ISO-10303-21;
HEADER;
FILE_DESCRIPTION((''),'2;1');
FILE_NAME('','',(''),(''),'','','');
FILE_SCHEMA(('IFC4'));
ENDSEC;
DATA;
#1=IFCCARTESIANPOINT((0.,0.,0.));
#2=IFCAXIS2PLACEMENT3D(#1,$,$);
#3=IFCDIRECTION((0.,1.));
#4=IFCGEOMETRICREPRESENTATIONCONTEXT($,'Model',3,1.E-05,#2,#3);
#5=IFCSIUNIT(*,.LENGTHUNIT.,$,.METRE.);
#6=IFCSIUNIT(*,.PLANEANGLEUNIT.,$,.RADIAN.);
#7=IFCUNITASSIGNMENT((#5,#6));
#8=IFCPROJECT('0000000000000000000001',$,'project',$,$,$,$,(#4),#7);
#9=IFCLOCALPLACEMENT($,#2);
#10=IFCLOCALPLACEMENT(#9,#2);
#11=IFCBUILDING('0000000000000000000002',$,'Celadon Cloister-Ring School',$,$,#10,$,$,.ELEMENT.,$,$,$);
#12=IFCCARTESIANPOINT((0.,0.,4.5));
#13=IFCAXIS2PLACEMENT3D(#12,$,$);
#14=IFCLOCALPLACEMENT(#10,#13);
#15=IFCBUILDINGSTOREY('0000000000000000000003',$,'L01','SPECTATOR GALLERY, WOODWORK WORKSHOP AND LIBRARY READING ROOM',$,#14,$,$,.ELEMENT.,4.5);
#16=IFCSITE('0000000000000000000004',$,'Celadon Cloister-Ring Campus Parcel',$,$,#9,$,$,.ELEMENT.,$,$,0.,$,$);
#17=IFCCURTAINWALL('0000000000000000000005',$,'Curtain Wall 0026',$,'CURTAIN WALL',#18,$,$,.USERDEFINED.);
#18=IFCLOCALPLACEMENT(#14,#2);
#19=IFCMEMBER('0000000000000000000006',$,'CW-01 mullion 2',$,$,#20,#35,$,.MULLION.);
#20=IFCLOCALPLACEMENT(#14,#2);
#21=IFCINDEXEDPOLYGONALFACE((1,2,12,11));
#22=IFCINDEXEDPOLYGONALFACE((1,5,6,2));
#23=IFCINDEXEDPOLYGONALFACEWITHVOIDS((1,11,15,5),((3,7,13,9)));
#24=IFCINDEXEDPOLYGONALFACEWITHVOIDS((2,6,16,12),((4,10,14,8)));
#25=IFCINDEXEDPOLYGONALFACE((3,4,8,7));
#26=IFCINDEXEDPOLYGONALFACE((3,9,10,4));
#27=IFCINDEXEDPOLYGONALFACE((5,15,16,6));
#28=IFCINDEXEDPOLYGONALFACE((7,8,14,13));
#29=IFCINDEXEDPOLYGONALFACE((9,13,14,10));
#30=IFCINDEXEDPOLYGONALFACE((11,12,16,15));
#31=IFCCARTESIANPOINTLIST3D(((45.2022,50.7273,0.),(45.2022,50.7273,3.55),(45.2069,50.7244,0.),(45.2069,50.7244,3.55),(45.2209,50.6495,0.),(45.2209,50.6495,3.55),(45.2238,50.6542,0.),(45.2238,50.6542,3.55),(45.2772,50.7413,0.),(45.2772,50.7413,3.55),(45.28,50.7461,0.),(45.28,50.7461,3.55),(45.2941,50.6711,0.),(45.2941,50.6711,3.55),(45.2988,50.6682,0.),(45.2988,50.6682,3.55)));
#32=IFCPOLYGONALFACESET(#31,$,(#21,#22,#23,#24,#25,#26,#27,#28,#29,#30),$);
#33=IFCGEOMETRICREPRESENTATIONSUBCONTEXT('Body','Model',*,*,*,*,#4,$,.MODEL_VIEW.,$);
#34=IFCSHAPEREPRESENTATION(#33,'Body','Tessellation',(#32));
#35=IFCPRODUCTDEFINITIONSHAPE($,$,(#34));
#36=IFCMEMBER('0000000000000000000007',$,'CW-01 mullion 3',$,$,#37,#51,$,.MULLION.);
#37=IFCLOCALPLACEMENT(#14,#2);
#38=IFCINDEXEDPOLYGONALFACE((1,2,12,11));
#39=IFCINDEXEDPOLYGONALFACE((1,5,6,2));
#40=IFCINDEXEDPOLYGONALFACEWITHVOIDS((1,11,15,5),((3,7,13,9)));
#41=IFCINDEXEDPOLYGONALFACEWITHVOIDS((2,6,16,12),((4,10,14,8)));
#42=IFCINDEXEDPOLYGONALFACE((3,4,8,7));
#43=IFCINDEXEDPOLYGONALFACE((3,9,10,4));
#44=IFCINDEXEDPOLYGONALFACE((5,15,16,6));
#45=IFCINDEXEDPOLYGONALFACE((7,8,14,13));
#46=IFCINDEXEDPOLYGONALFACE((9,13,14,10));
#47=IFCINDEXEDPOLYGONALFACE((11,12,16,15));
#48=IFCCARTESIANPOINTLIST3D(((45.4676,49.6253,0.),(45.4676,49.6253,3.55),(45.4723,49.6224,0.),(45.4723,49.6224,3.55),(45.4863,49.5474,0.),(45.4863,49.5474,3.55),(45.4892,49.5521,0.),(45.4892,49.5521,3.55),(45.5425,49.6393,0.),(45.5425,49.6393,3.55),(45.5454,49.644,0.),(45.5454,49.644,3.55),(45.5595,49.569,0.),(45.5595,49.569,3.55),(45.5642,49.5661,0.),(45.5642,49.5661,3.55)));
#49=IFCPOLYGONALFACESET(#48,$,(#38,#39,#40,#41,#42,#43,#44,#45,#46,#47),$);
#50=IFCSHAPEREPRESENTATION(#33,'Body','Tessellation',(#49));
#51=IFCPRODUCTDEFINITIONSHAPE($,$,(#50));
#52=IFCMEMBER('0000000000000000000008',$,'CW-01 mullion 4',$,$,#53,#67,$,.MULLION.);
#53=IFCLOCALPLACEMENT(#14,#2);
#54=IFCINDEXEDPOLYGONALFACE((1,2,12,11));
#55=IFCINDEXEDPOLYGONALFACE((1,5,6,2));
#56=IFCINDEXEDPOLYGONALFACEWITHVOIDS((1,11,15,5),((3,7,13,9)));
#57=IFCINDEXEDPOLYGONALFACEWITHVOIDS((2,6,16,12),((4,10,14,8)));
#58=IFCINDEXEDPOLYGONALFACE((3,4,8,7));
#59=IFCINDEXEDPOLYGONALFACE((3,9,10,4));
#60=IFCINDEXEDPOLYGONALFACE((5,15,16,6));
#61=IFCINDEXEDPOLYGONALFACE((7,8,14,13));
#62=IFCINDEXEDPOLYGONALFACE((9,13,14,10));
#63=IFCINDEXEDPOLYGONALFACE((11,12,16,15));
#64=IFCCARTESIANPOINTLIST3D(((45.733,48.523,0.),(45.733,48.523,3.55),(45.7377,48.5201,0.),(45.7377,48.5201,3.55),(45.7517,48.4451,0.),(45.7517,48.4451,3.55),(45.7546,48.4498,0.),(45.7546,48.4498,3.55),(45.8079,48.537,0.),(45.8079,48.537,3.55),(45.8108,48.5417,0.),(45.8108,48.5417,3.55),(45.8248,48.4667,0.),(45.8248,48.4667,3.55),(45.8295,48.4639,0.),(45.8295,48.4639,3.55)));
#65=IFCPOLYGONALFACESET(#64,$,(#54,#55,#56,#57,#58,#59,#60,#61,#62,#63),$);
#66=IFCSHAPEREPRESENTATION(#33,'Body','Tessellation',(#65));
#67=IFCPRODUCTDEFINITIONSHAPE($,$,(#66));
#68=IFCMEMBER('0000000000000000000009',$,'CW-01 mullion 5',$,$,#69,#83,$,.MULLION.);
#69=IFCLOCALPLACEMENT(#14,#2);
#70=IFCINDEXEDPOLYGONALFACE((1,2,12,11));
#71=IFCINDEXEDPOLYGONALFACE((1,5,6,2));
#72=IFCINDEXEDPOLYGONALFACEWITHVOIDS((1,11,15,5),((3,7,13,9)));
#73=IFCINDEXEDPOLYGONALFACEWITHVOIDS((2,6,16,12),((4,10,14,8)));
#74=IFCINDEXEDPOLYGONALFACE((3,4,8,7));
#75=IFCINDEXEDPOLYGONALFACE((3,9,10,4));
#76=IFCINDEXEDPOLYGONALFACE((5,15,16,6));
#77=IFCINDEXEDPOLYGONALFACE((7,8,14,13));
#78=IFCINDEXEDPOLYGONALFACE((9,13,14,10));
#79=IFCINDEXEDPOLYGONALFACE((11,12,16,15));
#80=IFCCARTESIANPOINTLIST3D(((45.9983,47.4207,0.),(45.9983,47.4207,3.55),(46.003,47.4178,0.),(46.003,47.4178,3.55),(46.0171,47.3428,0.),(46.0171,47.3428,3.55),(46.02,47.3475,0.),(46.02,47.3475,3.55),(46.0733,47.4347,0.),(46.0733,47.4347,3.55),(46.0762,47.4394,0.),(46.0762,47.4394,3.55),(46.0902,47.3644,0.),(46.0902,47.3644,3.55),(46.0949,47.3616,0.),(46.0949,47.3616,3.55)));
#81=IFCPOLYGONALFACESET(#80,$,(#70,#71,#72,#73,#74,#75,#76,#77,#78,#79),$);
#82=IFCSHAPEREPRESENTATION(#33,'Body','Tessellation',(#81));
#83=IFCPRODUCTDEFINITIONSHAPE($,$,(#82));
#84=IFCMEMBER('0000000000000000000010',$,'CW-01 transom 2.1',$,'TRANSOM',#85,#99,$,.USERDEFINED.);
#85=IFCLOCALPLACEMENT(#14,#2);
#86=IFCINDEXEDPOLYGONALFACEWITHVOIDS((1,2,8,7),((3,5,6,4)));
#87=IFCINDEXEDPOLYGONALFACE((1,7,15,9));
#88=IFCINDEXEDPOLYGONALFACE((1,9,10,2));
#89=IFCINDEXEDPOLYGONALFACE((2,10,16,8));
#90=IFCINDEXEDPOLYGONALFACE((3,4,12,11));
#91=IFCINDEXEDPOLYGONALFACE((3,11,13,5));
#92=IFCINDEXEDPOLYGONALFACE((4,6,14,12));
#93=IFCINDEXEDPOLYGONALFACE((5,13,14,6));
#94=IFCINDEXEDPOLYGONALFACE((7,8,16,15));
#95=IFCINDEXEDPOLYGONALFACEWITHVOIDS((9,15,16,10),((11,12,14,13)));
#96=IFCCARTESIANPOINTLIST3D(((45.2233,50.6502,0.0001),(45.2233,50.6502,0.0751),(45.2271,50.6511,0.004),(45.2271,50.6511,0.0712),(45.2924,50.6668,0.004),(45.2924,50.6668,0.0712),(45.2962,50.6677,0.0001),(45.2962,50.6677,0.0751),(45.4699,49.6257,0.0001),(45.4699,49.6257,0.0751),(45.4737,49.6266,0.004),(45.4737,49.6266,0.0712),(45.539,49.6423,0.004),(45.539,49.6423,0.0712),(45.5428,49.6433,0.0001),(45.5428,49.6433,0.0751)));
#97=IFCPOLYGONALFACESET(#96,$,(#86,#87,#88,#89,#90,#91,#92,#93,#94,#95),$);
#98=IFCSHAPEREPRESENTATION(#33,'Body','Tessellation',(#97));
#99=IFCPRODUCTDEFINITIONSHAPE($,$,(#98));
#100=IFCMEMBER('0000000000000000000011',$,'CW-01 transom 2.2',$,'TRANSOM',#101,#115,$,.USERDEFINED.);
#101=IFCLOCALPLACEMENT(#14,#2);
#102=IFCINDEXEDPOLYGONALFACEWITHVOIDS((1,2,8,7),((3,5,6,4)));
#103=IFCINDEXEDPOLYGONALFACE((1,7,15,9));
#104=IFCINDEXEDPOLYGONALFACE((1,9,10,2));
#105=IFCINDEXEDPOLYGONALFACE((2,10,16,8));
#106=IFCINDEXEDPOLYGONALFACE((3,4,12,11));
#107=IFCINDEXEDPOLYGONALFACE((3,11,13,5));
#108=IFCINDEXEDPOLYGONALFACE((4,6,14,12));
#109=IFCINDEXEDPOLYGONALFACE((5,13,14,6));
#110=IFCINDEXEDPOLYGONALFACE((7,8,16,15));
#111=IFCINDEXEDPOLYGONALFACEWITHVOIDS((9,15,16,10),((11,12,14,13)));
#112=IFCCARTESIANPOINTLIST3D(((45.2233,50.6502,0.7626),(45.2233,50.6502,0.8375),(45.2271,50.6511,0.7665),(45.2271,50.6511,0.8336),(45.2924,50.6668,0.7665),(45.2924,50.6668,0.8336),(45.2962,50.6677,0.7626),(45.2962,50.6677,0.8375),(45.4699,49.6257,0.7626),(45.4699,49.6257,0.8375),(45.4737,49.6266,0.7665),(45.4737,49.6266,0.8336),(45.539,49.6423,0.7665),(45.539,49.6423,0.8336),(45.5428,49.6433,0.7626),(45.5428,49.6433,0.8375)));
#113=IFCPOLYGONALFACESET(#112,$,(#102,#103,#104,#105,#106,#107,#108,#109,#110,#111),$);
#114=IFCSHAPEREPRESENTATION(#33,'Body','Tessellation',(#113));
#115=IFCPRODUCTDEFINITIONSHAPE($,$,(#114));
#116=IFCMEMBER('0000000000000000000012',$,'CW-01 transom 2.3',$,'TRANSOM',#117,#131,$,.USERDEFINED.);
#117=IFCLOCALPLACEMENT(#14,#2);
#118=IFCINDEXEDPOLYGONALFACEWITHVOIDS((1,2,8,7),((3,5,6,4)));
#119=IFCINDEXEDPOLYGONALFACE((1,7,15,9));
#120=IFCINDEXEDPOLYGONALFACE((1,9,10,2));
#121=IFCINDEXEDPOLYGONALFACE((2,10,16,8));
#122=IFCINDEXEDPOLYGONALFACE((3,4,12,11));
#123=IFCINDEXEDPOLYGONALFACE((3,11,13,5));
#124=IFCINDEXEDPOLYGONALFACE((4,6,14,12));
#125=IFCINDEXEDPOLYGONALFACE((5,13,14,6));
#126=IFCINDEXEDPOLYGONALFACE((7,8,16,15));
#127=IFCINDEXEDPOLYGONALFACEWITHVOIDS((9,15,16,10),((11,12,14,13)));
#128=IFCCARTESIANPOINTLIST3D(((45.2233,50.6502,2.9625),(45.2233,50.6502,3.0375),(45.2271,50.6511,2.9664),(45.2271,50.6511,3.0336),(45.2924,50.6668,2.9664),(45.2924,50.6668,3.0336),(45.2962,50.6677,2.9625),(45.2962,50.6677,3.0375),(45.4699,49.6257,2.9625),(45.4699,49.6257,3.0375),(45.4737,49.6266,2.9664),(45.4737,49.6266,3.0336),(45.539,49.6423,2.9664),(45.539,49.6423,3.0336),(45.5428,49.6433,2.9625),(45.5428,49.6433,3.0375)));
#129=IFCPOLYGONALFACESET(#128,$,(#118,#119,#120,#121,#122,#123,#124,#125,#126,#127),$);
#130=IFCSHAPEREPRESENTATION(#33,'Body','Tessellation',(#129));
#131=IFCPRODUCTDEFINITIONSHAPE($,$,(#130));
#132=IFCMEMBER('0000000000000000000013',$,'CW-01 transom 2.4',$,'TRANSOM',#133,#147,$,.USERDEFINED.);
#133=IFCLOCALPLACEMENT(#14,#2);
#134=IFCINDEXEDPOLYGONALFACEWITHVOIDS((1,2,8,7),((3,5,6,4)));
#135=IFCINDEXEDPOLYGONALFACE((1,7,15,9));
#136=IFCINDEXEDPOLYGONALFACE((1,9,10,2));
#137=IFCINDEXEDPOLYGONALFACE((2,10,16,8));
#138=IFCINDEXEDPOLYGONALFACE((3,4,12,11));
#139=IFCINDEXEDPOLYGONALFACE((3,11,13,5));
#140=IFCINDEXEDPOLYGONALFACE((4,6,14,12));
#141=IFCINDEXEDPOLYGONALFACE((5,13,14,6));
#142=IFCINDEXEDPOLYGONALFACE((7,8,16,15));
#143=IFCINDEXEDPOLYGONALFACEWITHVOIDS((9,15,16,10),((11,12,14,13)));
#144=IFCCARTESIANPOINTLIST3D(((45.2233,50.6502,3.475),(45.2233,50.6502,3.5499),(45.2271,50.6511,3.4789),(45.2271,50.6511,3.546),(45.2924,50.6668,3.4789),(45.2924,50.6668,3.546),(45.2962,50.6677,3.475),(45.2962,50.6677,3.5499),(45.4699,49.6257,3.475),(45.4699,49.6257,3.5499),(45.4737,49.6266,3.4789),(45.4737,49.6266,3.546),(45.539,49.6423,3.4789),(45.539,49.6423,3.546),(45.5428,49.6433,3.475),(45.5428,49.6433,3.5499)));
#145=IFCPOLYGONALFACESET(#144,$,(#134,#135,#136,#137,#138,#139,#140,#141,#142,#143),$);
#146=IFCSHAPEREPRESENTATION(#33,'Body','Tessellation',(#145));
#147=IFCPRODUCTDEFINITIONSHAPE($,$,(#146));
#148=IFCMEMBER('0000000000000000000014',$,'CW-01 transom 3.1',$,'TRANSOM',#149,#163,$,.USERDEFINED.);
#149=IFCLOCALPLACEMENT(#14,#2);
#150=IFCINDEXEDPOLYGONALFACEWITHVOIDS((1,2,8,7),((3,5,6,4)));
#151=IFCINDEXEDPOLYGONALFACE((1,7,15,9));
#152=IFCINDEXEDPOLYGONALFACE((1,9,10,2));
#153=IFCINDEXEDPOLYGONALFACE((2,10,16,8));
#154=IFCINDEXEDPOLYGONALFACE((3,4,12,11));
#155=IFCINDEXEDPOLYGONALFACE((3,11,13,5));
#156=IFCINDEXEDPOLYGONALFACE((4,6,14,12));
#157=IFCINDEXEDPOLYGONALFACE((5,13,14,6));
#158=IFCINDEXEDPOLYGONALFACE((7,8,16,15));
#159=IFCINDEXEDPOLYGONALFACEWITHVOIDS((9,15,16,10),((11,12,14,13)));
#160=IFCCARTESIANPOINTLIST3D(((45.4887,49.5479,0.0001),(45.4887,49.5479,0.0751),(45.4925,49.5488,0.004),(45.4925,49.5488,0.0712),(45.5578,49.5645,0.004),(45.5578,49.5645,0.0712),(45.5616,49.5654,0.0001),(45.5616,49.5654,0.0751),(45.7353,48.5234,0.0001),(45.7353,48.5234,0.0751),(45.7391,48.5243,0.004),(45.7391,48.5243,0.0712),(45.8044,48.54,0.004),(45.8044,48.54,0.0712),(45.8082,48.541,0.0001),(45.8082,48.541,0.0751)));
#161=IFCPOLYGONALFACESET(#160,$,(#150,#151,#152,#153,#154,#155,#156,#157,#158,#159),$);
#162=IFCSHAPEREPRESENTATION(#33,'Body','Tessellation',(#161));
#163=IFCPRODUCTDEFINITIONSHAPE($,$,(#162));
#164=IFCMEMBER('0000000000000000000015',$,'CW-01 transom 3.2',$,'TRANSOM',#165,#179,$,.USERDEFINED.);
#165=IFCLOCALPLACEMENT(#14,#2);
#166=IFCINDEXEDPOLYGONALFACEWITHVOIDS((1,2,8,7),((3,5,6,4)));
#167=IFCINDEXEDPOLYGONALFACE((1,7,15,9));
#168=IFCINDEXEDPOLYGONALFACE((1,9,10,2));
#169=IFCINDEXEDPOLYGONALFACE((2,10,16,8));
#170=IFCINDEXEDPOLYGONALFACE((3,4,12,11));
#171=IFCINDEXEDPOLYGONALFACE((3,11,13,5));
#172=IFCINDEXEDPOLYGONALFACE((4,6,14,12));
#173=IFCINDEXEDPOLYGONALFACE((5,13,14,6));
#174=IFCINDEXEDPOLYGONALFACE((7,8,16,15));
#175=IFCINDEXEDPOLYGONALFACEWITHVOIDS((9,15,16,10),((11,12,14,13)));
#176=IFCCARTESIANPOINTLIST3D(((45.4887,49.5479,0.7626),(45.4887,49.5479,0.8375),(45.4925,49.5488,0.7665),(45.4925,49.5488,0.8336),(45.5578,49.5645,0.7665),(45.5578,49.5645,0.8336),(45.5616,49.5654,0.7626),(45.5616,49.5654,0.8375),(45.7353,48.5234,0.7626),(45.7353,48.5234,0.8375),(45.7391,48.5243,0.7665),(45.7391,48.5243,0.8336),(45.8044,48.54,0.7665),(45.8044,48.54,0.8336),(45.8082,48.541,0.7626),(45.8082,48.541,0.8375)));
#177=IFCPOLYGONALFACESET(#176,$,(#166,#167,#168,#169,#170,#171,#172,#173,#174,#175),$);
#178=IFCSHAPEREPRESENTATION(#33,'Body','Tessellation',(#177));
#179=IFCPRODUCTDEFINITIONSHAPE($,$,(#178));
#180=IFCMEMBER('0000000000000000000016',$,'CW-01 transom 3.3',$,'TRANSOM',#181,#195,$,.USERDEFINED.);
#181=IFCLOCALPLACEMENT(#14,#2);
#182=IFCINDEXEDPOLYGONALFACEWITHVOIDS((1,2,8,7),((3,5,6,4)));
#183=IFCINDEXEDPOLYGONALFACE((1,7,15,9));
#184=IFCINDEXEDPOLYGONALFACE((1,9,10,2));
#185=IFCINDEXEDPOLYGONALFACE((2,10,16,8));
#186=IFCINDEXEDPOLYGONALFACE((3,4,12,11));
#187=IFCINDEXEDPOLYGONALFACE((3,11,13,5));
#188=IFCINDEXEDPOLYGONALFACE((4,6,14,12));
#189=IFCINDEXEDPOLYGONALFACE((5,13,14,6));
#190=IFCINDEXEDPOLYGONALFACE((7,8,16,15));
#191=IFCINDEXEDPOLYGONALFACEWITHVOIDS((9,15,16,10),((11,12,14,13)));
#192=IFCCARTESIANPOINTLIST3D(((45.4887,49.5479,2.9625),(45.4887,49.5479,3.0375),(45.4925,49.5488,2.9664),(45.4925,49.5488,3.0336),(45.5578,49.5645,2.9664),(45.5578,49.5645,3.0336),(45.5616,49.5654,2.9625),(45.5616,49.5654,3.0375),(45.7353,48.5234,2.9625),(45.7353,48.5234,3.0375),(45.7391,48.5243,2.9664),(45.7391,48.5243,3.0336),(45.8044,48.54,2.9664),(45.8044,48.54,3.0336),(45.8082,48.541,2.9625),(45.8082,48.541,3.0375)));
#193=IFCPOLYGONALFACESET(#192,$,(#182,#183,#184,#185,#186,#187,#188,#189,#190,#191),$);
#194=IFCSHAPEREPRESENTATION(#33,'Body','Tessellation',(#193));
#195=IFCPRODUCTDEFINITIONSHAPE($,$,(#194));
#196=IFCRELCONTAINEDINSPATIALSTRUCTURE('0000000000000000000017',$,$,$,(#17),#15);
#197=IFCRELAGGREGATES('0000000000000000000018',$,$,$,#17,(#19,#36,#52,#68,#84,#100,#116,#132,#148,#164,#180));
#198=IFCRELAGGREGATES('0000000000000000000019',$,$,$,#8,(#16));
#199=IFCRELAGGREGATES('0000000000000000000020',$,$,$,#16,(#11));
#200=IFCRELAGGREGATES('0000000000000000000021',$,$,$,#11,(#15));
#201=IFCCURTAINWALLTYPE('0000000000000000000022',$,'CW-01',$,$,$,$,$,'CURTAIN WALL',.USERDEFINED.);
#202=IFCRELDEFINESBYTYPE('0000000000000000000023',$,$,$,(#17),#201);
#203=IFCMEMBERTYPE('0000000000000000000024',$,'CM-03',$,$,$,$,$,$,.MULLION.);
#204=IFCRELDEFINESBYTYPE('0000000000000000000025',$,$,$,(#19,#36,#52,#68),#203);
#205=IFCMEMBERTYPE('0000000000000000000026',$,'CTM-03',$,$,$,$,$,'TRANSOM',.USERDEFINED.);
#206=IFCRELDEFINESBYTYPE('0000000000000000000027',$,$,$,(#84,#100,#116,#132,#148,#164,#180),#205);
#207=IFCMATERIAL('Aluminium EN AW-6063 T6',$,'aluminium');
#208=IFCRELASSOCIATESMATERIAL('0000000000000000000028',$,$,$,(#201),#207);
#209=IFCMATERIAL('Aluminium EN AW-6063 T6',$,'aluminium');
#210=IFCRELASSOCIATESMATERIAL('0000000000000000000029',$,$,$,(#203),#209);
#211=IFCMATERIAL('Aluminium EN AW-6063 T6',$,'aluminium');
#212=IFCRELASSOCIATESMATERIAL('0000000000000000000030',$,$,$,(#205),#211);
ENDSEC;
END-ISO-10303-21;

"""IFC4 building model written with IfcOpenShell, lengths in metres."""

from ifc_helpers import new_model, si_unit, direction, frame, origin, origin_2d, place, context, subcontext, project, spatial, hollow_rectangle, extrude, material, material_profile, profile_set, type_object, element, aggregate, save


model = new_model("IFC4")

# Units and contexts
model_context = context("Model", 3, precision=1e-05, world=origin(), true_north=direction((0.0, 1.0)))
body_context = subcontext(model_context, "Body", "Model", "MODEL_VIEW")
ifc_project = project(units=[si_unit("LENGTHUNIT", "METRE"), si_unit("PLANEANGLEUNIT", "RADIAN")], contexts=[model_context])

# Site, building, storey
site_placement = place(None, origin())
site = spatial("IfcSite", under=ifc_project, at=site_placement, Name="Celadon Cloister-Ring Campus Parcel", CompositionType="ELEMENT", RefElevation=0.0)
building_placement = place(site_placement, origin())
building = spatial("IfcBuilding", under=site, at=building_placement, Name="Celadon Cloister-Ring School", CompositionType="ELEMENT")
storey_placement = place(building_placement, frame((0.0, 0.0, 4.5)))
storey = spatial("IfcBuildingStorey", under=building, at=storey_placement, Name="L01", Description="SPECTATOR GALLERY, WOODWORK WORKSHOP AND LIBRARY READING ROOM", CompositionType="ELEMENT", Elevation=4.5)

# Curtain wall, members
ifc_material_1 = material(Name="Aluminium EN AW-6063 T6", Category="aluminium")
curtain_wall_type = type_object("IfcCurtainWallType", Name="CW-01", ElementType="CURTAIN WALL", PredefinedType="USERDEFINED", material=ifc_material_1)
curtain_wall_placement = place(storey_placement, origin())
curtain_wall = element("IfcCurtainWall", 1, at=curtain_wall_placement, inside=storey, type_object=curtain_wall_type, Name="Curtain Wall 0026", ObjectType="CURTAIN WALL", PredefinedType="USERDEFINED")
ifc_material_2 = material(Name="Aluminium EN AW-6063 T6", Category="aluminium")
ifc_material_profile_1 = material_profile(ifc_material_2, hollow_rectangle(XDim=0.0801, YDim=0.0801, WallThickness=0.0039, at=origin_2d()), Name="RHS80X80X4")
ifc_profile_set_1 = profile_set([ifc_material_profile_1], Name="Aluminium EN AW-6063 T6")
member_type_1 = type_object("IfcMemberType", Name="CM-03", PredefinedType="MULLION", material=ifc_profile_set_1)
member_1_placement = place(storey_placement, frame((45.2505, 50.6978, 0.0), z_axis=(0.0, 0.0, 1.0), x_axis=(0.972212, 0.2341, 0.0)))
member_1 = element("IfcMember", 2, at=member_1_placement, type_object=member_type_1, Name="CW-01 mullion 2", PredefinedType="MULLION", context=body_context, shape_type="SweptSolid", body=[
    extrude(hollow_rectangle(XDim=0.0801, YDim=0.0801, WallThickness=0.0039, at=origin_2d()), origin(), (0.0, 0.0, 1.0), 3.55),
])
member_2_placement = place(storey_placement, frame((45.5159, 49.5957, 0.0), z_axis=(0.0, 0.0, 1.0), x_axis=(0.972212, 0.2341, 0.0)))
member_2 = element("IfcMember", 3, at=member_2_placement, type_object=member_type_1, Name="CW-01 mullion 3", PredefinedType="MULLION", context=body_context, shape_type="SweptSolid", body=[
    extrude(hollow_rectangle(XDim=0.0801, YDim=0.0801, WallThickness=0.0039, at=origin_2d()), origin(), (0.0, 0.0, 1.0), 3.55),
])
member_3_placement = place(storey_placement, frame((45.7812, 48.4934, 0.0), z_axis=(0.0, 0.0, 1.0), x_axis=(0.972212, 0.2341, 0.0)))
member_3 = element("IfcMember", 4, at=member_3_placement, type_object=member_type_1, Name="CW-01 mullion 4", PredefinedType="MULLION", context=body_context, shape_type="SweptSolid", body=[
    extrude(hollow_rectangle(XDim=0.0801, YDim=0.0801, WallThickness=0.0039, at=origin_2d()), origin(), (0.0, 0.0, 1.0), 3.55),
])
member_4_placement = place(storey_placement, frame((46.0466, 47.3911, 0.0), z_axis=(0.0, 0.0, 1.0), x_axis=(0.972212, 0.2341, 0.0)))
member_4 = element("IfcMember", 5, at=member_4_placement, type_object=member_type_1, Name="CW-01 mullion 5", PredefinedType="MULLION", context=body_context, shape_type="SweptSolid", body=[
    extrude(hollow_rectangle(XDim=0.0801, YDim=0.0801, WallThickness=0.0039, at=origin_2d()), origin(), (0.0, 0.0, 1.0), 3.55),
])
ifc_material_3 = material(Name="Aluminium EN AW-6063 T6", Category="aluminium")
ifc_material_profile_2 = material_profile(ifc_material_3, hollow_rectangle(XDim=0.075, YDim=0.075, WallThickness=0.0039, at=origin_2d()), Name="RHS75X75X4")
ifc_profile_set_2 = profile_set([ifc_material_profile_2], Name="Aluminium EN AW-6063 T6")
member_type_2 = type_object("IfcMemberType", Name="CTM-03", ElementType="TRANSOM", PredefinedType="USERDEFINED", material=ifc_profile_set_2)
member_5_placement = place(storey_placement, frame((45.2598, 50.6589, 0.0376), z_axis=(0.234021, -0.972231, 0.0), x_axis=(0.972231, 0.234021, 0.0)))
member_5 = element("IfcMember", 6, at=member_5_placement, type_object=member_type_2, Name="CW-01 transom 2.1", ObjectType="TRANSOM", PredefinedType="USERDEFINED", context=body_context, shape_type="SweptSolid", body=[
    extrude(hollow_rectangle(XDim=0.075, YDim=0.075, WallThickness=0.0039, at=origin_2d()), origin(), (0.0, 0.0, 1.0), 1.0537),
])
member_6_placement = place(storey_placement, frame((45.2598, 50.6589, 0.8), z_axis=(0.234021, -0.972231, 0.0), x_axis=(0.972231, 0.234021, 0.0)))
member_6 = element("IfcMember", 7, at=member_6_placement, type_object=member_type_2, Name="CW-01 transom 2.2", ObjectType="TRANSOM", PredefinedType="USERDEFINED", context=body_context, shape_type="SweptSolid", body=[
    extrude(hollow_rectangle(XDim=0.075, YDim=0.075, WallThickness=0.0039, at=origin_2d()), origin(), (0.0, 0.0, 1.0), 1.0537),
])
member_7_placement = place(storey_placement, frame((45.2598, 50.6589, 3.0), z_axis=(0.234021, -0.972231, 0.0), x_axis=(0.972231, 0.234021, 0.0)))
member_7 = element("IfcMember", 8, at=member_7_placement, type_object=member_type_2, Name="CW-01 transom 2.3", ObjectType="TRANSOM", PredefinedType="USERDEFINED", context=body_context, shape_type="SweptSolid", body=[
    extrude(hollow_rectangle(XDim=0.075, YDim=0.075, WallThickness=0.0039, at=origin_2d()), origin(), (0.0, 0.0, 1.0), 1.0537),
])
member_8_placement = place(storey_placement, frame((45.2598, 50.6589, 3.5125), z_axis=(0.234021, -0.972231, 0.0), x_axis=(0.972231, 0.234021, 0.0)))
member_8 = element("IfcMember", 9, at=member_8_placement, type_object=member_type_2, Name="CW-01 transom 2.4", ObjectType="TRANSOM", PredefinedType="USERDEFINED", context=body_context, shape_type="SweptSolid", body=[
    extrude(hollow_rectangle(XDim=0.075, YDim=0.075, WallThickness=0.0039, at=origin_2d()), origin(), (0.0, 0.0, 1.0), 1.0537),
])
member_9_placement = place(storey_placement, frame((45.5251, 49.5566, 0.0376), z_axis=(0.234021, -0.972231, 0.0), x_axis=(0.972231, 0.234021, 0.0)))
member_9 = element("IfcMember", 10, at=member_9_placement, type_object=member_type_2, Name="CW-01 transom 3.1", ObjectType="TRANSOM", PredefinedType="USERDEFINED", context=body_context, shape_type="SweptSolid", body=[
    extrude(hollow_rectangle(XDim=0.075, YDim=0.075, WallThickness=0.0039, at=origin_2d()), origin(), (0.0, 0.0, 1.0), 1.0537),
])
member_10_placement = place(storey_placement, frame((45.5251, 49.5566, 0.8), z_axis=(0.234021, -0.972231, 0.0), x_axis=(0.972231, 0.234021, 0.0)))
member_10 = element("IfcMember", 11, at=member_10_placement, type_object=member_type_2, Name="CW-01 transom 3.2", ObjectType="TRANSOM", PredefinedType="USERDEFINED", context=body_context, shape_type="SweptSolid", body=[
    extrude(hollow_rectangle(XDim=0.075, YDim=0.075, WallThickness=0.0039, at=origin_2d()), origin(), (0.0, 0.0, 1.0), 1.0537),
])
member_11_placement = place(storey_placement, frame((45.5251, 49.5566, 3.0), z_axis=(0.234021, -0.972231, 0.0), x_axis=(0.972231, 0.234021, 0.0)))
member_11 = element("IfcMember", 12, at=member_11_placement, type_object=member_type_2, Name="CW-01 transom 3.3", ObjectType="TRANSOM", PredefinedType="USERDEFINED", context=body_context, shape_type="SweptSolid", body=[
    extrude(hollow_rectangle(XDim=0.075, YDim=0.075, WallThickness=0.0039, at=origin_2d()), origin(), (0.0, 0.0, 1.0), 1.0537),
])
aggregate(curtain_wall, [member_1, member_2, member_3, member_4, member_5, member_6, member_7, member_8, member_9, member_10, member_11])

save(model, "model.ifc")
